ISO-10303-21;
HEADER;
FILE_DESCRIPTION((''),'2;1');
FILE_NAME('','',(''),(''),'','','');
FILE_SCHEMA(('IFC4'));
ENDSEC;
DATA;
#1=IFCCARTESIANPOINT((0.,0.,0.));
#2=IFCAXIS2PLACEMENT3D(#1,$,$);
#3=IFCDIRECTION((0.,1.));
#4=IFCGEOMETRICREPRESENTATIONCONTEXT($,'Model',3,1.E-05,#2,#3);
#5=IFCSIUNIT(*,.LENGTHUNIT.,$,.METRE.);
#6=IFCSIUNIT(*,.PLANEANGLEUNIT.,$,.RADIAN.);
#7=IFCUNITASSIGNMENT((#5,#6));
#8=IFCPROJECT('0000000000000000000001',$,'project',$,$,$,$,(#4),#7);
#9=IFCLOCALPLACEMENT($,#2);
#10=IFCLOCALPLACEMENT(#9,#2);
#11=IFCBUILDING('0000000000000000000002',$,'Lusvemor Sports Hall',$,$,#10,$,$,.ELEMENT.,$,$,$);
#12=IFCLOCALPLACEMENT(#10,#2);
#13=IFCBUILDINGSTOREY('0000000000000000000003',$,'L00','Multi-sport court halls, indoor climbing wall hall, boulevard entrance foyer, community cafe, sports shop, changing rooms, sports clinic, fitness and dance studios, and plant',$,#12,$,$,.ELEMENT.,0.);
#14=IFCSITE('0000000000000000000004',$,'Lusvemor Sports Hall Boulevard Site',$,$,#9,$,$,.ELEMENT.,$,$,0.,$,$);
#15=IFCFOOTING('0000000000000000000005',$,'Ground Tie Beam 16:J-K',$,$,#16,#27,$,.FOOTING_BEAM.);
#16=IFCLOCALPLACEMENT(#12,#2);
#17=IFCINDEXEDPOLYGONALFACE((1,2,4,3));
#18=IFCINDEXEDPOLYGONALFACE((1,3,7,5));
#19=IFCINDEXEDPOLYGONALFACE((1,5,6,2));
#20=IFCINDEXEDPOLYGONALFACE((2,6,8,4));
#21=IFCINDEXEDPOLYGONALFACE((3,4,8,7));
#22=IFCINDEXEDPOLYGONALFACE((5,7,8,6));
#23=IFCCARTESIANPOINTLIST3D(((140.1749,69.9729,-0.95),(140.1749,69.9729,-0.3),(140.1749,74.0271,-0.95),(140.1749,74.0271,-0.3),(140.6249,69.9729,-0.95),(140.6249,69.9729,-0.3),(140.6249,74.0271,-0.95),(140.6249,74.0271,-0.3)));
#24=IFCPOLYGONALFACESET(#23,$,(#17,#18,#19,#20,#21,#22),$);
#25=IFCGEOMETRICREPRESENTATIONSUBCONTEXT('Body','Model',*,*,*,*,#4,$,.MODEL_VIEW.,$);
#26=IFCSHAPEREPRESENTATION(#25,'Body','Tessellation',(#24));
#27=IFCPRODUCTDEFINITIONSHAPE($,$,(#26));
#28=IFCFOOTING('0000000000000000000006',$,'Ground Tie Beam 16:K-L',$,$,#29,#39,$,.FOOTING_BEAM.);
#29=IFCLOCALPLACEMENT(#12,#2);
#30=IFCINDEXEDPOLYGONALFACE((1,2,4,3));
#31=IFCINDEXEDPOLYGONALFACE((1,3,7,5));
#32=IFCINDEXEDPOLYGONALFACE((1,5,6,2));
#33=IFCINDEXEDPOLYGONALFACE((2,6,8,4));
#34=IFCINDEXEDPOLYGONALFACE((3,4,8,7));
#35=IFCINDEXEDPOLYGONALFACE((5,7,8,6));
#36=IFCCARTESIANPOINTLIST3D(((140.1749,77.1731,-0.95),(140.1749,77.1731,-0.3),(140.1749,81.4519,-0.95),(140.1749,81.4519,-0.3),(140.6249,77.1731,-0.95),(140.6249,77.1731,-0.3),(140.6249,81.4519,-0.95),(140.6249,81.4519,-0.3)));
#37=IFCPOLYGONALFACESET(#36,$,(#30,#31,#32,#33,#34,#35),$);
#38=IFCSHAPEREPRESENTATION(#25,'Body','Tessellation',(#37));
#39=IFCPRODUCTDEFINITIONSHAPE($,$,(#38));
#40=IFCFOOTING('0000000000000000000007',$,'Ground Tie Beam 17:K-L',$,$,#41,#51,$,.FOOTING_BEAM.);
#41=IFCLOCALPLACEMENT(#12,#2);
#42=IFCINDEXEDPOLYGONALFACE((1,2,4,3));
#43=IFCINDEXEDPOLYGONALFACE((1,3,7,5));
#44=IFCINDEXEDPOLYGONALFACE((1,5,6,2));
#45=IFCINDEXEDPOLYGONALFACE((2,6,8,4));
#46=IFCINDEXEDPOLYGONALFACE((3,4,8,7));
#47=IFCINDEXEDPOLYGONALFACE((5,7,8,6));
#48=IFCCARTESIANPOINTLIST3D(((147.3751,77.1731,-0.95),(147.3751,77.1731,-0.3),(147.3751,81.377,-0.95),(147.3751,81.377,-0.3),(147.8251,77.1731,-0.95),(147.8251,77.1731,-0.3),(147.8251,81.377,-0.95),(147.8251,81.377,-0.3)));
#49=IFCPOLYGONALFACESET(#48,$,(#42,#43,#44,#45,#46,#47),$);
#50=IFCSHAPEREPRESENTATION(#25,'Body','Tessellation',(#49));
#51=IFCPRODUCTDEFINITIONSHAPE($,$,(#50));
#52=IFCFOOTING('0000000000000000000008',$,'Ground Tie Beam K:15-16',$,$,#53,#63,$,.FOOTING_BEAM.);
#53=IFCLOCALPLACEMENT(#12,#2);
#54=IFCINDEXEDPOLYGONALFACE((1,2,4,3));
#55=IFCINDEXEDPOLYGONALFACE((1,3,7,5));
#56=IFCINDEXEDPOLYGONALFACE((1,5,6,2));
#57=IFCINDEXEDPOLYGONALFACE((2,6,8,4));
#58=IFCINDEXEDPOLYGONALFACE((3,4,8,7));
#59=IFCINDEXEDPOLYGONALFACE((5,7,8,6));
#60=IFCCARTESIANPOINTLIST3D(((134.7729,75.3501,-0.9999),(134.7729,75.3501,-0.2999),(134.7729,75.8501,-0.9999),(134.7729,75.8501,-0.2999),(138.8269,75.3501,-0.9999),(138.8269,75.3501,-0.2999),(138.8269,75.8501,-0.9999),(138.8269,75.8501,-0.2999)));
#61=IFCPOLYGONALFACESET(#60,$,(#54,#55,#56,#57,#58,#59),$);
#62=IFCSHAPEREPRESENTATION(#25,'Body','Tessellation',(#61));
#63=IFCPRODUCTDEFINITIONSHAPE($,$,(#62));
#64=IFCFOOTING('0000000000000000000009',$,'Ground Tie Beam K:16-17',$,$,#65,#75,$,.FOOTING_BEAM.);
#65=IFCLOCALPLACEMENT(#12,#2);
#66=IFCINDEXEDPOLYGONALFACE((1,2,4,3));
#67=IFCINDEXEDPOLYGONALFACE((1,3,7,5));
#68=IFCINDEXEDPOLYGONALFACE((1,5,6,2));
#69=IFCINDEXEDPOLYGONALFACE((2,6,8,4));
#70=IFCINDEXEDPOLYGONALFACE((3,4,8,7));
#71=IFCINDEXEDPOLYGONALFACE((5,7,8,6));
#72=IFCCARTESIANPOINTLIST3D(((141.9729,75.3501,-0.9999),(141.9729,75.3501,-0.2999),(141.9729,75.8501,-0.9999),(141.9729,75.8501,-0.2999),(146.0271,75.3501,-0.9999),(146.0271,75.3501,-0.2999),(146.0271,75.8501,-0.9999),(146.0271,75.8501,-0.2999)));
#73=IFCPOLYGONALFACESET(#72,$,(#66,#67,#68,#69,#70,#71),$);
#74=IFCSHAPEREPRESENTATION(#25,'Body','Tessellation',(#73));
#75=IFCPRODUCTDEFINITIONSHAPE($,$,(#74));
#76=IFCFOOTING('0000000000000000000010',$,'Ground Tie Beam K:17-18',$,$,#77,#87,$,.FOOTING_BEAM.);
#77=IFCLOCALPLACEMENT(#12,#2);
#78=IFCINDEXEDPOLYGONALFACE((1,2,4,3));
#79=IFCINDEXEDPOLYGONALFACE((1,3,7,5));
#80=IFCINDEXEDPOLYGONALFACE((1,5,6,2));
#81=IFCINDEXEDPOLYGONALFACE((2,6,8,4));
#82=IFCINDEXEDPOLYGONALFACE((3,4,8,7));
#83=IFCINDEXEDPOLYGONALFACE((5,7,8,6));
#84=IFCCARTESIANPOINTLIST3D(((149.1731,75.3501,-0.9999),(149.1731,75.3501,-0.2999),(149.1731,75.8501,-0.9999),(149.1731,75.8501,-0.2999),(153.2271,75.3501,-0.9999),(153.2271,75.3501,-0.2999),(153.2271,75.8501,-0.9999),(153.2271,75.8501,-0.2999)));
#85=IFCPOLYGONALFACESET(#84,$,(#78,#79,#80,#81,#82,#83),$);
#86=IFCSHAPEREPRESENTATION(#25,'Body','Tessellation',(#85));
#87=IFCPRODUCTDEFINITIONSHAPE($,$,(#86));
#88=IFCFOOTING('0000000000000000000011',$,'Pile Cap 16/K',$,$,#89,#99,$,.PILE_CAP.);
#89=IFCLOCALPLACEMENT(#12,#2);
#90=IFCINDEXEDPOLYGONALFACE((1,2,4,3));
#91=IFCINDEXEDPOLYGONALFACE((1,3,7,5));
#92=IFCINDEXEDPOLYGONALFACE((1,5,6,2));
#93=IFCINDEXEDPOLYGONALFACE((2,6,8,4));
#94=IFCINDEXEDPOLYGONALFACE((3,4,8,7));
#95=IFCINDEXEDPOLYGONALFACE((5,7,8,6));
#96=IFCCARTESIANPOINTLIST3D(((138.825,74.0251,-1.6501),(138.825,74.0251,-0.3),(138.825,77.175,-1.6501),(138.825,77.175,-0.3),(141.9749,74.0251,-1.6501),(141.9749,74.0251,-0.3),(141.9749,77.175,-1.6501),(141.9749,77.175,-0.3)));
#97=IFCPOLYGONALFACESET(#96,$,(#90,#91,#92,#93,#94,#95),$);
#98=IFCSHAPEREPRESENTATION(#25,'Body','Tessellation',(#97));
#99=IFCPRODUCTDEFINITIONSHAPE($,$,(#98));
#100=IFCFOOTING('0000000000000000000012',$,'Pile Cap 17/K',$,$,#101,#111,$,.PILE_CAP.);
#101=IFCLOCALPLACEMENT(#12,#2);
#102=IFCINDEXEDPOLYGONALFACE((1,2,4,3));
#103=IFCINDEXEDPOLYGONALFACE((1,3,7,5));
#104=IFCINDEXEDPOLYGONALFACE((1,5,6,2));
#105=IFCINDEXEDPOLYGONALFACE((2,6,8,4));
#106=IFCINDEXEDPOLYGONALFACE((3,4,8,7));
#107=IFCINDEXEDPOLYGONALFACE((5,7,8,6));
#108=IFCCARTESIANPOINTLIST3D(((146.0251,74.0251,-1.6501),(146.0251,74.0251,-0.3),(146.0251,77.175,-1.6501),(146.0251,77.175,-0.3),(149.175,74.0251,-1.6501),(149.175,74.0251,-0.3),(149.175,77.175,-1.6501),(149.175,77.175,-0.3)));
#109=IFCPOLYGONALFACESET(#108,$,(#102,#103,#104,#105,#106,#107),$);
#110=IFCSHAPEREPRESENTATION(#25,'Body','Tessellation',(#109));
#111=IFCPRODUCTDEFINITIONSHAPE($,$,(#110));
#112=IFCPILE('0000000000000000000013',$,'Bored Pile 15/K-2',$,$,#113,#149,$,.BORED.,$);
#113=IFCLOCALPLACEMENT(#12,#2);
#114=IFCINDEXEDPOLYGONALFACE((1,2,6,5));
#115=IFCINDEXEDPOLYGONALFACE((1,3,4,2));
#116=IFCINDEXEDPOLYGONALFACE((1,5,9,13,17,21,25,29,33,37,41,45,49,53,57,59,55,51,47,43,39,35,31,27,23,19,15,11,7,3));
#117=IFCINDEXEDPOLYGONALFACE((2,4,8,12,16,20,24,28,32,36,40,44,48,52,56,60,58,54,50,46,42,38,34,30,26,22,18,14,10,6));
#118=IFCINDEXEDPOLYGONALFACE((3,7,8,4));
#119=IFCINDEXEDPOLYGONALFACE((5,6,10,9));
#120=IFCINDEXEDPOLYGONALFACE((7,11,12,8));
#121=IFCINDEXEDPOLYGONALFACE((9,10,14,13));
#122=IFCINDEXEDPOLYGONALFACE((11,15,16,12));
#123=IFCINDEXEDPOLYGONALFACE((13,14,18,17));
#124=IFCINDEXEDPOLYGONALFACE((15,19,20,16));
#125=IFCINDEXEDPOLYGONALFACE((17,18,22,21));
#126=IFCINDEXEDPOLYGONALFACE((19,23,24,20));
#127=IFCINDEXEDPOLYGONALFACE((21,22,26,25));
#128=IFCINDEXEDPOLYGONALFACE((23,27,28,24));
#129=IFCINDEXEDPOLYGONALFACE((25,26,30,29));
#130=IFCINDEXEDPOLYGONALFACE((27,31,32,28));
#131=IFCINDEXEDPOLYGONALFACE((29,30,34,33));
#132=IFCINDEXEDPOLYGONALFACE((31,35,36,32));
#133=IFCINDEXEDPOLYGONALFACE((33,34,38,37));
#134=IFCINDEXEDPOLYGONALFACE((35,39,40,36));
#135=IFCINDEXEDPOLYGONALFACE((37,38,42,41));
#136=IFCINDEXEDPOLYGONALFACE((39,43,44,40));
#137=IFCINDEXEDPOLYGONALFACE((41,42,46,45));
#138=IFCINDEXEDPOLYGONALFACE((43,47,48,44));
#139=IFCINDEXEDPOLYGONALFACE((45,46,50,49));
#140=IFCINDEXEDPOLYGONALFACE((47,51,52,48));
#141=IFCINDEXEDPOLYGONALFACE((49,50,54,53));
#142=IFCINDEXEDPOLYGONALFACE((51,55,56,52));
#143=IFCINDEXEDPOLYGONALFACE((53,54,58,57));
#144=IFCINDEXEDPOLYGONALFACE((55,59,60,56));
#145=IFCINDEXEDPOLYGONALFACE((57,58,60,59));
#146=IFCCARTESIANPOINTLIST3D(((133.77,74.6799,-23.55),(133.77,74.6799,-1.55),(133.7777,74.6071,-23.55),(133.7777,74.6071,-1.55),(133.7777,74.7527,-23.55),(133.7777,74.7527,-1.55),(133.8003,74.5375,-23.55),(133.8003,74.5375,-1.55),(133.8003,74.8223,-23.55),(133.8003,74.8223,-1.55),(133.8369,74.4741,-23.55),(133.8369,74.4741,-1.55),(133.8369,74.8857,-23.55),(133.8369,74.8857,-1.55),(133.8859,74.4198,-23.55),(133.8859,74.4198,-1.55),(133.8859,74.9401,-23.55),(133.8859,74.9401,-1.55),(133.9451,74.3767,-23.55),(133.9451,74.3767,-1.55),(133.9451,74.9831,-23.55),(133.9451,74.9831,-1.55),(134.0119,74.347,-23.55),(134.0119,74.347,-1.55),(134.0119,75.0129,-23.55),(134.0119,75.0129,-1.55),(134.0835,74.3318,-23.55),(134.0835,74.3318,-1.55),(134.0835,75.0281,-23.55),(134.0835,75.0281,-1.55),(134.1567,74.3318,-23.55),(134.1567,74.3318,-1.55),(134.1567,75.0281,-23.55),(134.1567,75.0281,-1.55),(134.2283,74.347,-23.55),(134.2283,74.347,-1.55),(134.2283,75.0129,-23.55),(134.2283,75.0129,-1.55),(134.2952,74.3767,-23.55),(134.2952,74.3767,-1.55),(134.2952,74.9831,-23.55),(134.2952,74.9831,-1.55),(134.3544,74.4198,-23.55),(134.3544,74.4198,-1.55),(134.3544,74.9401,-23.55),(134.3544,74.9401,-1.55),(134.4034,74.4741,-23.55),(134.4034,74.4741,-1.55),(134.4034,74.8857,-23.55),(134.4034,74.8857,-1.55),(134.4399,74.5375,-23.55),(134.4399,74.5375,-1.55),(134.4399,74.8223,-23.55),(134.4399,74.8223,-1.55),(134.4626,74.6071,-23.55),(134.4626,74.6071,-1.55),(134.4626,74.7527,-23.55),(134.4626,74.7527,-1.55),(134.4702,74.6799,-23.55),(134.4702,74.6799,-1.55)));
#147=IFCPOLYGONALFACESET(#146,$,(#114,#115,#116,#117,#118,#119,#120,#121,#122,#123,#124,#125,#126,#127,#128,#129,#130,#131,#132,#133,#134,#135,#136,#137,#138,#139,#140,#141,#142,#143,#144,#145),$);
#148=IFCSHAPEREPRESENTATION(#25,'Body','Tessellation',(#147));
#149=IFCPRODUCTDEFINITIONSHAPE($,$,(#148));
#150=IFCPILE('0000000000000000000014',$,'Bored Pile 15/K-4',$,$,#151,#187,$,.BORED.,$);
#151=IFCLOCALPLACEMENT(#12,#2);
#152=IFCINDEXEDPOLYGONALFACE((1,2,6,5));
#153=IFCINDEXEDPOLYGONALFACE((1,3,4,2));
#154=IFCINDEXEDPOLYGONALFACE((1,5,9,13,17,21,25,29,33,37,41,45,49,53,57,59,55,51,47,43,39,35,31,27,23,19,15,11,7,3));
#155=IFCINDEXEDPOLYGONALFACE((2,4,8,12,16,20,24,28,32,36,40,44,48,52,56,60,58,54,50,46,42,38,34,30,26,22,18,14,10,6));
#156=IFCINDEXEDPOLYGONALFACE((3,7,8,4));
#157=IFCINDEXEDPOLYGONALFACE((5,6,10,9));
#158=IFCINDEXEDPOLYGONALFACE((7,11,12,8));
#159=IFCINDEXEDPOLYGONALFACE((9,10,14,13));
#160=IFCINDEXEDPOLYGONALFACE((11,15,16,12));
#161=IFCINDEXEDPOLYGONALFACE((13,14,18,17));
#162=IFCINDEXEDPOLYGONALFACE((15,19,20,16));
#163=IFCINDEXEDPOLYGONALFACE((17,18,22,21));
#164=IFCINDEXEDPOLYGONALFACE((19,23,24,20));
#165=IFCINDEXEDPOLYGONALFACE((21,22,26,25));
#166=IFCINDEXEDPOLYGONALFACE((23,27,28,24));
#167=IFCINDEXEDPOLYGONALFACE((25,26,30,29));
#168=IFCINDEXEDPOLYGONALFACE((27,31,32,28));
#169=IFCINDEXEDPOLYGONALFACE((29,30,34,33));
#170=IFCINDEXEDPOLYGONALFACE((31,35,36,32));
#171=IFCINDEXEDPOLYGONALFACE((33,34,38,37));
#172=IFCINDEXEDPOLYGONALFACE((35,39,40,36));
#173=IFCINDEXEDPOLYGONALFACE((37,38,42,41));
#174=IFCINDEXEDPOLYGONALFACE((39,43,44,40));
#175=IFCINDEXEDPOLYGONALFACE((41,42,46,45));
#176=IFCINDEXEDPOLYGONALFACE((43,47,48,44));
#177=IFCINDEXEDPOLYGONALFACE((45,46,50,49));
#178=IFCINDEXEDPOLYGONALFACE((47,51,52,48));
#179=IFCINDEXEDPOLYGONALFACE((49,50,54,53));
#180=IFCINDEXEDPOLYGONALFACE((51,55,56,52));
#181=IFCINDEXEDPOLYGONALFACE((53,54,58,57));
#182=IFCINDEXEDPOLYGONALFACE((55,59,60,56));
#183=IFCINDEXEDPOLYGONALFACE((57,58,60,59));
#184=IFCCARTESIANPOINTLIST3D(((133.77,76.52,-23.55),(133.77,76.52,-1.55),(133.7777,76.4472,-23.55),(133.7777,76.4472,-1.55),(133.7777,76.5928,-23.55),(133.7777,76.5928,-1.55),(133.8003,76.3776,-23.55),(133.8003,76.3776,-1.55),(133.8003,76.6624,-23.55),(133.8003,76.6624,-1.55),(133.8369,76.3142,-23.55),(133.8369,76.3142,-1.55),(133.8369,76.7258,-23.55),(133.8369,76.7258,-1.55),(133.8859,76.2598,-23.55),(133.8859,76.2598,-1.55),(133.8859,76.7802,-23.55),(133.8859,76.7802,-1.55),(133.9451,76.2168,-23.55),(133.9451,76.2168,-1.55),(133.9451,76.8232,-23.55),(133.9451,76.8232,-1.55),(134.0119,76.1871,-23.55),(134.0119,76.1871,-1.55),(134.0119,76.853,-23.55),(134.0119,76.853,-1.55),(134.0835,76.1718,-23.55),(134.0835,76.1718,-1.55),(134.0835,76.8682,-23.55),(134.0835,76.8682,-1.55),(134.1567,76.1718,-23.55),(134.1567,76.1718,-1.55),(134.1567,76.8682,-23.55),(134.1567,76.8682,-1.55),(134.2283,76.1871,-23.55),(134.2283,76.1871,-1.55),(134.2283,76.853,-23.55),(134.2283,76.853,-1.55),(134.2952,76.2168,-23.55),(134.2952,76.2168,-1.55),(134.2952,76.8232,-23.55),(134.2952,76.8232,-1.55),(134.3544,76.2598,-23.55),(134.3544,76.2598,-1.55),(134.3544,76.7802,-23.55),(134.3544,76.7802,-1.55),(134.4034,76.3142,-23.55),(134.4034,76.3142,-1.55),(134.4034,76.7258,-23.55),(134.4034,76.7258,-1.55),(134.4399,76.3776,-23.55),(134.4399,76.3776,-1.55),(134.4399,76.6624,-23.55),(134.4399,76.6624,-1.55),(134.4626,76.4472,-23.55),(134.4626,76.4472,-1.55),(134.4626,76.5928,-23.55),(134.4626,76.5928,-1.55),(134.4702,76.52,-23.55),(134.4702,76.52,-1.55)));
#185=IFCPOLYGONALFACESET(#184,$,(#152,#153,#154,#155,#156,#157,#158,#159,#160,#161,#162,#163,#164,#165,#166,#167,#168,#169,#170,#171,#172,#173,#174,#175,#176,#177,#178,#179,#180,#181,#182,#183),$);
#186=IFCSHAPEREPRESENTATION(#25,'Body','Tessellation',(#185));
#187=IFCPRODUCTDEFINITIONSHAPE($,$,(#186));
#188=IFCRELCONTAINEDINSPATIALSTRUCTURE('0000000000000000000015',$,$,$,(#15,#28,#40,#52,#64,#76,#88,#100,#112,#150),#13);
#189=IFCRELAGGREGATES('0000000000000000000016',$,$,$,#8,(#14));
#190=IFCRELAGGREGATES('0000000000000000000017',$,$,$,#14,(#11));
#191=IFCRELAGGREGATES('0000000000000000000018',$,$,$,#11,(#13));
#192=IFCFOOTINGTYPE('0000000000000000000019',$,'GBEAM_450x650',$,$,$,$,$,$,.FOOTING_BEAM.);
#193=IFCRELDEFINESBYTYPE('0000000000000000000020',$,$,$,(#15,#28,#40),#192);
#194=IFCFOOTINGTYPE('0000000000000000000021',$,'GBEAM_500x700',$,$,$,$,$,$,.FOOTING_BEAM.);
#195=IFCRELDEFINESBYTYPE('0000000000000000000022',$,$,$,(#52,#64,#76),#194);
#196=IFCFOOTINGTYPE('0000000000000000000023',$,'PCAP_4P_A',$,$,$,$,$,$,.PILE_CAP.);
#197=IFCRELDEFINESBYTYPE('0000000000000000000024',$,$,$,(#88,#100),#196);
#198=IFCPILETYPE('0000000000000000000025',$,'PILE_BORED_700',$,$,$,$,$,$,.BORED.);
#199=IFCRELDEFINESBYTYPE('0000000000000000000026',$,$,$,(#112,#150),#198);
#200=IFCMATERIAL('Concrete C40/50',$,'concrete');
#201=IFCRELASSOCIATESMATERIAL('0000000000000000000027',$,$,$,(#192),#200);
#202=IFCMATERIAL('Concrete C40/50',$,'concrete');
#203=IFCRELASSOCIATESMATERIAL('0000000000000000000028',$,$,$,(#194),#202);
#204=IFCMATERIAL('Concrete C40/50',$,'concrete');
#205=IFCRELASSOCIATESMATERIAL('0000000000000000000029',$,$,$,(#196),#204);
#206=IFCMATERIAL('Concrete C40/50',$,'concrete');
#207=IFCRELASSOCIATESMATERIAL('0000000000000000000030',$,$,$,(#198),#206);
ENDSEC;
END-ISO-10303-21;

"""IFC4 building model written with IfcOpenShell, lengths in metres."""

from ifc_helpers import new_model, si_unit, direction, frame, origin, origin_2d, place, context, subcontext, project, spatial, rectangle, circle, extrude, material, material_profile, profile_set, type_object, element, save


model = new_model("IFC4")

# Units and contexts
model_context = context("Model", 3, precision=1e-05, world=origin(), true_north=direction((0.0, 1.0)))
body_context = subcontext(model_context, "Body", "Model", "MODEL_VIEW")
ifc_project = project(units=[si_unit("LENGTHUNIT", "METRE"), si_unit("PLANEANGLEUNIT", "RADIAN")], contexts=[model_context])

# Site, building, storey
site_placement = place(None, origin())
site = spatial("IfcSite", under=ifc_project, at=site_placement, Name="Lusvemor Sports Hall Boulevard Site", CompositionType="ELEMENT", RefElevation=0.0)
building_placement = place(site_placement, origin())
building = spatial("IfcBuilding", under=site, at=building_placement, Name="Lusvemor Sports Hall", CompositionType="ELEMENT")
storey_placement = place(building_placement, origin())
storey = spatial("IfcBuildingStorey", under=building, at=storey_placement, Name="L00", Description="Multi-sport court halls, indoor climbing wall hall, boulevard entrance foyer, community cafe, sports shop, changing rooms, sports clinic, fitness and dance studios, and plant", CompositionType="ELEMENT", Elevation=0.0)

# Footings
ifc_material_1 = material(Name="Concrete C40/50", Category="concrete")
ifc_material_profile_1 = material_profile(ifc_material_1, rectangle(XDim=0.45, YDim=0.6499, at=origin_2d()), Name="GB_450x650")
ifc_profile_set_1 = profile_set([ifc_material_profile_1], Name="Concrete C40/50")
footing_type_1 = type_object("IfcFootingType", Name="GBEAM_450x650", PredefinedType="FOOTING_BEAM", material=ifc_profile_set_1)
footing_1_placement = place(storey_placement, frame((140.3999, 69.9729, -0.625), z_axis=(0.0, 1.0, 0.0), x_axis=(-1.0, 0.0, 0.0)))
element("IfcFooting", 1, at=footing_1_placement, inside=storey, type_object=footing_type_1, Name="Ground Tie Beam 16:J-K", PredefinedType="FOOTING_BEAM", context=body_context, shape_type="SweptSolid", body=[
    extrude(rectangle(XDim=0.45, YDim=0.6499, at=origin_2d()), origin(), (0.0, 0.0, 1.0), 4.0542),
])
footing_2_placement = place(storey_placement, frame((140.3999, 77.1731, -0.625), z_axis=(0.0, 1.0, 0.0), x_axis=(-1.0, 0.0, 0.0)))
element("IfcFooting", 2, at=footing_2_placement, inside=storey, type_object=footing_type_1, Name="Ground Tie Beam 16:K-L", PredefinedType="FOOTING_BEAM", context=body_context, shape_type="SweptSolid", body=[
    extrude(rectangle(XDim=0.45, YDim=0.6499, at=origin_2d()), origin(), (0.0, 0.0, 1.0), 4.2788),
])
footing_3_placement = place(storey_placement, frame((147.6001, 77.1731, -0.625), z_axis=(0.0, 1.0, 0.0), x_axis=(-1.0, 0.0, 0.0)))
element("IfcFooting", 3, at=footing_3_placement, inside=storey, type_object=footing_type_1, Name="Ground Tie Beam 17:K-L", PredefinedType="FOOTING_BEAM", context=body_context, shape_type="SweptSolid", body=[
    extrude(rectangle(XDim=0.45, YDim=0.6499, at=origin_2d()), origin(), (0.0, 0.0, 1.0), 4.2039),
])
ifc_material_2 = material(Name="Concrete C40/50", Category="concrete")
ifc_material_profile_2 = material_profile(ifc_material_2, rectangle(XDim=0.5, YDim=0.7, at=origin_2d()), Name="GB_500x700")
ifc_profile_set_2 = profile_set([ifc_material_profile_2], Name="Concrete C40/50")
footing_type_2 = type_object("IfcFootingType", Name="GBEAM_500x700", PredefinedType="FOOTING_BEAM", material=ifc_profile_set_2)
footing_4_placement = place(storey_placement, frame((134.7729, 75.6001, -0.6499), z_axis=(1.0, 0.0, 0.0), x_axis=(0.0, 1.0, 0.0)))
element("IfcFooting", 4, at=footing_4_placement, inside=storey, type_object=footing_type_2, Name="Ground Tie Beam K:15-16", PredefinedType="FOOTING_BEAM", context=body_context, shape_type="SweptSolid", body=[
    extrude(rectangle(XDim=0.5, YDim=0.7, at=origin_2d()), origin(), (0.0, 0.0, 1.0), 4.054),
])
footing_5_placement = place(storey_placement, frame((141.9729, 75.6001, -0.6499), z_axis=(1.0, 0.0, 0.0), x_axis=(0.0, 1.0, 0.0)))
element("IfcFooting", 5, at=footing_5_placement, inside=storey, type_object=footing_type_2, Name="Ground Tie Beam K:16-17", PredefinedType="FOOTING_BEAM", context=body_context, shape_type="SweptSolid", body=[
    extrude(rectangle(XDim=0.5, YDim=0.7, at=origin_2d()), origin(), (0.0, 0.0, 1.0), 4.0542),
])
footing_6_placement = place(storey_placement, frame((149.1731, 75.6001, -0.6499), z_axis=(1.0, 0.0, 0.0), x_axis=(0.0, 1.0, 0.0)))
element("IfcFooting", 6, at=footing_6_placement, inside=storey, type_object=footing_type_2, Name="Ground Tie Beam K:17-18", PredefinedType="FOOTING_BEAM", context=body_context, shape_type="SweptSolid", body=[
    extrude(rectangle(XDim=0.5, YDim=0.7, at=origin_2d()), origin(), (0.0, 0.0, 1.0), 4.054),
])
ifc_material_3 = material(Name="Concrete C40/50", Category="concrete")
footing_type_3 = type_object("IfcFootingType", Name="PCAP_4P_A", PredefinedType="PILE_CAP", material=ifc_material_3)
for number, where, z_axis, x_axis, name in (
    (7, (140.3999, 75.6001, -1.6501), (0.0, 0.0, 1.0), (1.0, 0.0, 0.0), "Pile Cap 16/K"),
    (8, (147.6001, 75.6001, -1.6501), (0.0, 0.0, 1.0), (1.0, 0.0, 0.0), "Pile Cap 17/K"),
):
    element("IfcFooting", number, at=place(storey_placement, frame(where, z_axis=z_axis, x_axis=x_axis)), inside=storey, type_object=footing_type_3, Name=name, PredefinedType="PILE_CAP", context=body_context, shape_type="SweptSolid", body=[
        extrude(rectangle(XDim=3.1499, YDim=3.1499, at=origin_2d()), origin(), (0.0, 0.0, 1.0), 1.3501),
    ])

# Piles
ifc_material_4 = material(Name="Concrete C40/50", Category="concrete")
ifc_material_profile_3 = material_profile(ifc_material_4, circle(Radius=0.3501, at=origin_2d()), Name="PILE700")
ifc_profile_set_3 = profile_set([ifc_material_profile_3], Name="Concrete C40/50")
pile_type = type_object("IfcPileType", Name="PILE_BORED_700", PredefinedType="BORED", material=ifc_profile_set_3)
for number, where, z_axis, x_axis, name in (
    (9, (134.1201, 74.6799, -1.55), (0.0, 0.0, -1.0), (1.0, 0.0, 0.0), "Bored Pile 15/K-2"),
    (10, (134.1201, 76.52, -1.55), (0.0, 0.0, -1.0), (1.0, 0.0, 0.0), "Bored Pile 15/K-4"),
):
    element("IfcPile", number, at=place(storey_placement, frame(where, z_axis=z_axis, x_axis=x_axis)), inside=storey, type_object=pile_type, Name=name, PredefinedType="BORED", context=body_context, shape_type="SweptSolid", body=[
        extrude(circle(Radius=0.3501, at=origin_2d()), origin(), (0.0, 0.0, 1.0), 22.0),
    ])

save(model, "model.ifc")
